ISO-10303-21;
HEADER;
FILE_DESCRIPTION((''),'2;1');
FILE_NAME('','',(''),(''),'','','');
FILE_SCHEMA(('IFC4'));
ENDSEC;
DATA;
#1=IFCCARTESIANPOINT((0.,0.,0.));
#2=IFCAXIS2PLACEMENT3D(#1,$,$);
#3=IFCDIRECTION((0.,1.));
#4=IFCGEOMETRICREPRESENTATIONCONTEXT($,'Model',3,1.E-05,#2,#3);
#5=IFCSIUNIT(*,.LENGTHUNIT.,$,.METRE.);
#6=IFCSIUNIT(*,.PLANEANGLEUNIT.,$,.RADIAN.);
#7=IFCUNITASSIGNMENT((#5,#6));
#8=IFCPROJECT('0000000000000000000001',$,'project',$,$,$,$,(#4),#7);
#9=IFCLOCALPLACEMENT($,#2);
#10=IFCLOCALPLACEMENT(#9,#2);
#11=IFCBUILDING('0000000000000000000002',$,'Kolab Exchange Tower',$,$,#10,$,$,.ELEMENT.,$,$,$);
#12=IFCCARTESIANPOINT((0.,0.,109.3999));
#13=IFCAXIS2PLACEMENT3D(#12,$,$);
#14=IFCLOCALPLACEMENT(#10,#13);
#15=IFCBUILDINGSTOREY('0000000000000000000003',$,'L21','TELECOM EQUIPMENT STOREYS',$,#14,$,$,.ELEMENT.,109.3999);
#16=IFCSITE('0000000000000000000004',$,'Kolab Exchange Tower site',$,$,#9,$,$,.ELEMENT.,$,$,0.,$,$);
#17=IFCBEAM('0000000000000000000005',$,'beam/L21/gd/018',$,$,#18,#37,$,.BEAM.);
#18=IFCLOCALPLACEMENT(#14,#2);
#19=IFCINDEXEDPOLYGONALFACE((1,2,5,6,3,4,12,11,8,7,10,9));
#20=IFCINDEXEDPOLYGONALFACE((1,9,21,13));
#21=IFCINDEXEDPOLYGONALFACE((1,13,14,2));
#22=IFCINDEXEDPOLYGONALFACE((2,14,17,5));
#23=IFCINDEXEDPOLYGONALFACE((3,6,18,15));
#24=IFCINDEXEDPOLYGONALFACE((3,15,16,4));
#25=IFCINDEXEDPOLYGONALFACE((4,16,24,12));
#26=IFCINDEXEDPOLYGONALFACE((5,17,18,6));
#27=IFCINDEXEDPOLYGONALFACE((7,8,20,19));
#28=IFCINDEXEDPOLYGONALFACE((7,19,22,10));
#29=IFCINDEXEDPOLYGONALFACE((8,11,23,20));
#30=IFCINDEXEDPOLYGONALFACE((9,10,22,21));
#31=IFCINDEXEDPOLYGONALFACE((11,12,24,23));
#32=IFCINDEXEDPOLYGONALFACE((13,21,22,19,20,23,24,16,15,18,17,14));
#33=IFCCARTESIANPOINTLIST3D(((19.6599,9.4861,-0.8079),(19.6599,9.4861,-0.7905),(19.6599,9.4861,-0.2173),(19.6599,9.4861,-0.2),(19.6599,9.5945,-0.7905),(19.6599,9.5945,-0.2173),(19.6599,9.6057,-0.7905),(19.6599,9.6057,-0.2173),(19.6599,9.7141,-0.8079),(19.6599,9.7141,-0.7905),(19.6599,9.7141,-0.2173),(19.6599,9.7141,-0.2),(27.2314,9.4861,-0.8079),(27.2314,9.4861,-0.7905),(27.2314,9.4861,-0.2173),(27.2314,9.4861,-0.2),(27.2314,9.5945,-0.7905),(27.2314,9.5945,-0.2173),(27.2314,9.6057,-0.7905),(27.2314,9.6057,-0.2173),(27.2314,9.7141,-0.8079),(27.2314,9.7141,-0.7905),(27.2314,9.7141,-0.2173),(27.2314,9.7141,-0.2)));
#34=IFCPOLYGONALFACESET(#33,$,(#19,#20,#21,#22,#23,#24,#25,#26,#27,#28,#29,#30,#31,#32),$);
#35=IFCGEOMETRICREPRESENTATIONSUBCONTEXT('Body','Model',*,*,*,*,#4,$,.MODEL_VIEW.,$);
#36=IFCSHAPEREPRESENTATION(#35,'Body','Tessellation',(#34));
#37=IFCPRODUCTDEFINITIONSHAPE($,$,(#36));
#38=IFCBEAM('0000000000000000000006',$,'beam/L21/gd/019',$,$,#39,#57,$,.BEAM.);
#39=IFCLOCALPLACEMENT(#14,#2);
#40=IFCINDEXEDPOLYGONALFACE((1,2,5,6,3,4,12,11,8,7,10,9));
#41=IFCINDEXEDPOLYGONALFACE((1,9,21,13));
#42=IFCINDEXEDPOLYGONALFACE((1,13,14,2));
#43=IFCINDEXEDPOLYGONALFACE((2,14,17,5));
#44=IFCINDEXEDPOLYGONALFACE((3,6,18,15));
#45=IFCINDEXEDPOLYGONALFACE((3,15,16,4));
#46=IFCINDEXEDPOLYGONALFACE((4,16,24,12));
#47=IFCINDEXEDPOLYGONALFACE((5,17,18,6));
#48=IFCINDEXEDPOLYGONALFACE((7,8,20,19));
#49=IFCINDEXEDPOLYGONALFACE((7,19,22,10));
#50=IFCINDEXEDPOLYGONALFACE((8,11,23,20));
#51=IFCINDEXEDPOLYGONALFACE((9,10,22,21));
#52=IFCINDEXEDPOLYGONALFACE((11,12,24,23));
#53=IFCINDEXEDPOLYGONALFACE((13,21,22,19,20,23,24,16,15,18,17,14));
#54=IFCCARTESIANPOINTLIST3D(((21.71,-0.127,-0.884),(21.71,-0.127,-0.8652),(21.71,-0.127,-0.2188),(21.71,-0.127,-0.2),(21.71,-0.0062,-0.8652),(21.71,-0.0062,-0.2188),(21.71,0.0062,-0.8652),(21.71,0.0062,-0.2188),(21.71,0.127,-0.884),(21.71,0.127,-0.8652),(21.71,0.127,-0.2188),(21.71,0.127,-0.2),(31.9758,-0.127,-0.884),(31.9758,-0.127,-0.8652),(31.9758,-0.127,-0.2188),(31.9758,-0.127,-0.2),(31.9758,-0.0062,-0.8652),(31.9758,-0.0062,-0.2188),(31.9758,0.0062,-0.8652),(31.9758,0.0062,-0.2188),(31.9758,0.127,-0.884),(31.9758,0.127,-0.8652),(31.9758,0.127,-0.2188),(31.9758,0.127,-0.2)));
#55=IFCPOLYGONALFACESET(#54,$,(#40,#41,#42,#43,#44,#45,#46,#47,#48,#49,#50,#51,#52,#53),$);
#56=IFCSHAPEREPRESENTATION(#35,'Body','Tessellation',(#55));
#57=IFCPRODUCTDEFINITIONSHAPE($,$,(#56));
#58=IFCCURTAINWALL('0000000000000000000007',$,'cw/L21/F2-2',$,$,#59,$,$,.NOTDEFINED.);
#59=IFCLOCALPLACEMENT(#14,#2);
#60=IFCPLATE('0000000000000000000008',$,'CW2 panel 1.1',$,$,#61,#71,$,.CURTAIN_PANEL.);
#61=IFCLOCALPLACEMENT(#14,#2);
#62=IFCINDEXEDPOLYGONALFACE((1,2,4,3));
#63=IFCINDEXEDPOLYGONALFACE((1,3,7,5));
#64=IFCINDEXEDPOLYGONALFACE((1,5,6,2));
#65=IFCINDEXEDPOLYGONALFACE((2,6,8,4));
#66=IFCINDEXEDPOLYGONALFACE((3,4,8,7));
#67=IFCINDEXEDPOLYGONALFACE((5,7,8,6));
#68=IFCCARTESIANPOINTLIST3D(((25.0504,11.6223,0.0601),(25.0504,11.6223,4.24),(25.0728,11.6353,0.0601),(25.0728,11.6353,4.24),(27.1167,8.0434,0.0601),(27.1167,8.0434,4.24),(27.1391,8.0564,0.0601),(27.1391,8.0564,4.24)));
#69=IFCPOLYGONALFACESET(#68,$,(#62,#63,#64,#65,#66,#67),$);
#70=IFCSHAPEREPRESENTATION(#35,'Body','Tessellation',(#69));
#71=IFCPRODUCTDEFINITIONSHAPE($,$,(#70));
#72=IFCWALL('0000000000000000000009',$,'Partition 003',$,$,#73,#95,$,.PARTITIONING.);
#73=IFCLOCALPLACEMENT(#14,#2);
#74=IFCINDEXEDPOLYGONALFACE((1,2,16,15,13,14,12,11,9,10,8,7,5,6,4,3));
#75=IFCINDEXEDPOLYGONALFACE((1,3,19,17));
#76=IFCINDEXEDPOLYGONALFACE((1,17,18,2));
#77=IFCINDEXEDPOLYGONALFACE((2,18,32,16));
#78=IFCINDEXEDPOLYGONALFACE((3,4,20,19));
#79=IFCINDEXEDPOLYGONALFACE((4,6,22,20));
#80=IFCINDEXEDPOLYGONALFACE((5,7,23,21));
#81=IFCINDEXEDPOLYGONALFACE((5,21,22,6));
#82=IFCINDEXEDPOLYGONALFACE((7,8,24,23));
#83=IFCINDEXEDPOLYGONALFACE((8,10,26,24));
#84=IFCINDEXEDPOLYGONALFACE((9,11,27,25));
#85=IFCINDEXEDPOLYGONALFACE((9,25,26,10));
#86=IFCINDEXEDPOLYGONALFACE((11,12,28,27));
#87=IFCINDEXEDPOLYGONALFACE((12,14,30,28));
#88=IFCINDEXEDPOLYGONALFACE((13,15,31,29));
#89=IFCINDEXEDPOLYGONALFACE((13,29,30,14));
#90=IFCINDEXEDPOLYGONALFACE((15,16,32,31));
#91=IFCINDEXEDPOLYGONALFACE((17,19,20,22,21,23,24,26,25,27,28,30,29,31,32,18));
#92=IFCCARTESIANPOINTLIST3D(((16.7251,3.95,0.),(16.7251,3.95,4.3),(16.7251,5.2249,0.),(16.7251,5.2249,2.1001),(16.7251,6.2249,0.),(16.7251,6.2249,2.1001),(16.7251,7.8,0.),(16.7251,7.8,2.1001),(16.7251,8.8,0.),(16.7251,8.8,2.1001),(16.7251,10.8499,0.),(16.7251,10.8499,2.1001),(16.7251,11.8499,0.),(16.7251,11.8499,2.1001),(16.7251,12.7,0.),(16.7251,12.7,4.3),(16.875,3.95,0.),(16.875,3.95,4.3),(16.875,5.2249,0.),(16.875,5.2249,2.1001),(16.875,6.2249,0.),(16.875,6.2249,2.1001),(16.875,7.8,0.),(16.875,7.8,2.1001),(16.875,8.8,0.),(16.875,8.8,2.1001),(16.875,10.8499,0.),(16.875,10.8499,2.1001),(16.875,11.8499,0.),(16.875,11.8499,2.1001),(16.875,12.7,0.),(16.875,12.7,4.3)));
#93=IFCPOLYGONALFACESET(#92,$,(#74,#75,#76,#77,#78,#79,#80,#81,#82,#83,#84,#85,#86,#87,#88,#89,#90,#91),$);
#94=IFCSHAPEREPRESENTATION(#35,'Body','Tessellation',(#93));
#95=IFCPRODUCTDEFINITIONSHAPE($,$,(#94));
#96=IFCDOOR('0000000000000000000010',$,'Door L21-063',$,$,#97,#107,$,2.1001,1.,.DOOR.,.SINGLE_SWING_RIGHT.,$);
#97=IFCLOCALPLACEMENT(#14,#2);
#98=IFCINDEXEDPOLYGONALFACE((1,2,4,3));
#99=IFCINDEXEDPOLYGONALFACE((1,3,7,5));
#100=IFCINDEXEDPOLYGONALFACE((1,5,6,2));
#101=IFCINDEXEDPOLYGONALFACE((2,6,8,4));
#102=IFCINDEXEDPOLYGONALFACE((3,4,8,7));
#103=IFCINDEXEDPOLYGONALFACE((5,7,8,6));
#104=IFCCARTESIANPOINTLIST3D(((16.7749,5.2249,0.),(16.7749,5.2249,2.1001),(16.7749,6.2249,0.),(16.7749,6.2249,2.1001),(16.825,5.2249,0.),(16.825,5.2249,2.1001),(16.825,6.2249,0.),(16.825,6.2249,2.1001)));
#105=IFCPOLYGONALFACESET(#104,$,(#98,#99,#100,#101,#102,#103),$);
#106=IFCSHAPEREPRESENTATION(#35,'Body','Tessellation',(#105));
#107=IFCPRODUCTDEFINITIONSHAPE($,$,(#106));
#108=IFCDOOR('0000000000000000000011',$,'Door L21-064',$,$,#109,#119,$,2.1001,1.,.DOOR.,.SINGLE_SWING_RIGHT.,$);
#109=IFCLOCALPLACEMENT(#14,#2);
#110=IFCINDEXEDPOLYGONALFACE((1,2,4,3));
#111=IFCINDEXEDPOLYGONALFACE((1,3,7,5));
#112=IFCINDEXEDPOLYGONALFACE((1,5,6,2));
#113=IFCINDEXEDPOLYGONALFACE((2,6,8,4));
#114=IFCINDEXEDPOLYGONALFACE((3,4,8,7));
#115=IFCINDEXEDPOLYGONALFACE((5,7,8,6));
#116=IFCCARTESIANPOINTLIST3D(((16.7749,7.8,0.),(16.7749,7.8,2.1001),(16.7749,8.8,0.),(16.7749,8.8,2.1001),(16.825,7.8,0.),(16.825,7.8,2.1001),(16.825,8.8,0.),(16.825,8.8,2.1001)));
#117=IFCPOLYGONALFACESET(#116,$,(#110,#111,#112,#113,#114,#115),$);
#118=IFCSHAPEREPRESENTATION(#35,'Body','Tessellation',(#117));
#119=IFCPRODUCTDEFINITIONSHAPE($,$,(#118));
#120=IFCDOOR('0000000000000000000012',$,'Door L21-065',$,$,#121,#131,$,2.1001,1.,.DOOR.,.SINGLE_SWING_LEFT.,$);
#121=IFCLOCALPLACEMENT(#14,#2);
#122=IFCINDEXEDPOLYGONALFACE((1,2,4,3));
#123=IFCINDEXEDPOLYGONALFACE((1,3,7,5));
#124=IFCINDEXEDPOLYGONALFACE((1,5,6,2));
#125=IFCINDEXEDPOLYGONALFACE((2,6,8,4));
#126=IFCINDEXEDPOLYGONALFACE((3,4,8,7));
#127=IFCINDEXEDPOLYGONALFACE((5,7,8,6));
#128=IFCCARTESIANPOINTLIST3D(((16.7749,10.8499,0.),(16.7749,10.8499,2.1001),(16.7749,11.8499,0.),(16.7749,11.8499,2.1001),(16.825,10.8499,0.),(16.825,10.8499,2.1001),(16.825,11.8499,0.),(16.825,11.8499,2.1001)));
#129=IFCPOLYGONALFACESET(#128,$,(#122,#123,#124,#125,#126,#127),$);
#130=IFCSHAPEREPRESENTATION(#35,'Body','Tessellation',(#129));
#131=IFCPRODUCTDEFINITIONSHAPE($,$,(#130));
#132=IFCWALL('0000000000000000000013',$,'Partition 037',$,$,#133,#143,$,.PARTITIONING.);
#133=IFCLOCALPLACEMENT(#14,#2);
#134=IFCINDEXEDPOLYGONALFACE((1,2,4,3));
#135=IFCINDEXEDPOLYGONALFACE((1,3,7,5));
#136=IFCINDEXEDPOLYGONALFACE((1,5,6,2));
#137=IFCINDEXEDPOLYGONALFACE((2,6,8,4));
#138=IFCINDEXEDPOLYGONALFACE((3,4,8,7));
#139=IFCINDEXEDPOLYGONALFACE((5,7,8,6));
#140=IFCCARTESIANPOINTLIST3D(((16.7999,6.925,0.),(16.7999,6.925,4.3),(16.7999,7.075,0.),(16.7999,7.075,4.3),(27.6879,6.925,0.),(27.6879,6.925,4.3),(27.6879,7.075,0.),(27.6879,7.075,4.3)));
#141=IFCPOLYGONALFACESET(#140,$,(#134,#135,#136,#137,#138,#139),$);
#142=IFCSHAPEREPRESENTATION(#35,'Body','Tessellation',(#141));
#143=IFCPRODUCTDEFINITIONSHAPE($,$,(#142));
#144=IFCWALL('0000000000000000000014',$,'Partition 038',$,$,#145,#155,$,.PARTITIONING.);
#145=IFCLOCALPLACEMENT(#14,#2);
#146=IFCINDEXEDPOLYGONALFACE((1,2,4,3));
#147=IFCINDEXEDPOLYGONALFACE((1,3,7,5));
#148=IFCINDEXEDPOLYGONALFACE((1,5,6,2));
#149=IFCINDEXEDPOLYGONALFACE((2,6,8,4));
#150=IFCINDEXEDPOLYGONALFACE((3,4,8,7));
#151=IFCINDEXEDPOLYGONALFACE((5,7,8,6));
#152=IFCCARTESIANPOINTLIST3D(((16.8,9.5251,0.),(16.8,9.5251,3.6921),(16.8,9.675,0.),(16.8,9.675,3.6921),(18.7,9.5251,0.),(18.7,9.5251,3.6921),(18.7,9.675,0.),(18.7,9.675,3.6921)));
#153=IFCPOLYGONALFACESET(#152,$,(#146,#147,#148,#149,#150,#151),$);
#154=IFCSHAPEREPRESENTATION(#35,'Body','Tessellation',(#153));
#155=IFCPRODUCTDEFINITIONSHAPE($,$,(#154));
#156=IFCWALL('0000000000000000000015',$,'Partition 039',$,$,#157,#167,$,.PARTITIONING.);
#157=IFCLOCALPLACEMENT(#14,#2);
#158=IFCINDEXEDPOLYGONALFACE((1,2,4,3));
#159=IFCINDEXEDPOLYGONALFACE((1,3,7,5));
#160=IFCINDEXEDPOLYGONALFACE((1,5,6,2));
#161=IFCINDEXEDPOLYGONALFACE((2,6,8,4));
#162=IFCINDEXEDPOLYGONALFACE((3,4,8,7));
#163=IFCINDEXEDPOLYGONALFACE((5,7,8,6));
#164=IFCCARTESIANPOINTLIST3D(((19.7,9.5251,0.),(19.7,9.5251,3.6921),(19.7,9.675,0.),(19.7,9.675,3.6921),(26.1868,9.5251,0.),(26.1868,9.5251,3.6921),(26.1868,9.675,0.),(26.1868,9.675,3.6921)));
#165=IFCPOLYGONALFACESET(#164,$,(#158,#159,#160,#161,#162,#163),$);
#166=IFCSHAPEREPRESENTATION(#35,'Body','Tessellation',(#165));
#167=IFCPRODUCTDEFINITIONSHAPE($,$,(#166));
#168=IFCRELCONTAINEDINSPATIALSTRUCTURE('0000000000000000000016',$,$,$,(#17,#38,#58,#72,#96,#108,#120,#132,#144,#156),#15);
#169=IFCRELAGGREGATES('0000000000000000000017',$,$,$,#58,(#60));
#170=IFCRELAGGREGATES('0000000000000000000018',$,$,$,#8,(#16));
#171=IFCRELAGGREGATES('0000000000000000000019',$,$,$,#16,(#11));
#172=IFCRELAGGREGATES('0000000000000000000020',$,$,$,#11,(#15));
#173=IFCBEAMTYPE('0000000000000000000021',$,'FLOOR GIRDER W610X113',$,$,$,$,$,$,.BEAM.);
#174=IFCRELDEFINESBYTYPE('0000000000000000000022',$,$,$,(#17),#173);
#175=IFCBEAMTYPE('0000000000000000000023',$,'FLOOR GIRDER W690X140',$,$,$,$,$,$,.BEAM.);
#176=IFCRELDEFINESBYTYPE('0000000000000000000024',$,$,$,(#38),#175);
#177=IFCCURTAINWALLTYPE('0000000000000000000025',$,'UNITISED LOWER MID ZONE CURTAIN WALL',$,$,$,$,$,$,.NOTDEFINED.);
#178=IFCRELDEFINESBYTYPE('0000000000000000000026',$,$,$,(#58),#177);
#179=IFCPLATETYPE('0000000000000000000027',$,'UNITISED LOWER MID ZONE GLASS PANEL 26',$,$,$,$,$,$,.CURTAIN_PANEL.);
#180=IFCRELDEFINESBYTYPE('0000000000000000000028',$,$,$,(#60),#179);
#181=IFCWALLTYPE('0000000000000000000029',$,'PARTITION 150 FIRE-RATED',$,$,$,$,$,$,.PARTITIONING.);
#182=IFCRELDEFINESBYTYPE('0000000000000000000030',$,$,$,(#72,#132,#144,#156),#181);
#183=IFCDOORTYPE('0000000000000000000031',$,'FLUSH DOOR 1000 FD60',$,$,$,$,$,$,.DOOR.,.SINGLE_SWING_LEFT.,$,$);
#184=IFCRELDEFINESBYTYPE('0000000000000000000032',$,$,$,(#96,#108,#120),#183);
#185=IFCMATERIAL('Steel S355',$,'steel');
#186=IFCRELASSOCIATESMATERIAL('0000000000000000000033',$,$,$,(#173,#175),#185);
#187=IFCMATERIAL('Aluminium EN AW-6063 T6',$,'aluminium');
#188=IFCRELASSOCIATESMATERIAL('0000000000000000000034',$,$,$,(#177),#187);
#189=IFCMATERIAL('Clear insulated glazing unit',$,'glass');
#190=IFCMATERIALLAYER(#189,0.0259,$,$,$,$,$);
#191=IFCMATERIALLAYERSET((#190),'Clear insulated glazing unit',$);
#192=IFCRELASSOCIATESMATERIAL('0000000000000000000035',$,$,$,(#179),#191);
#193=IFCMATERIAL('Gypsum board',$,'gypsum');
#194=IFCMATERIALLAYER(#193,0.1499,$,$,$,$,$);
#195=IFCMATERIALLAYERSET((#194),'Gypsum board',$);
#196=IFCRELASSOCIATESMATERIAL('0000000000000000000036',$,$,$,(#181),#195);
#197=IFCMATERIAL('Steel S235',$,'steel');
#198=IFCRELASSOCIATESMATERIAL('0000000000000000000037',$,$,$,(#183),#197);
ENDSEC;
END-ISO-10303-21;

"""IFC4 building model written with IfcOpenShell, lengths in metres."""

from ifc_helpers import new_model, si_unit, direction, frame, frame_2d, origin, origin_2d, place, context, subcontext, project, spatial, rectangle, i_section, extrude, material, layer, layer_set, material_profile, profile_set, type_object, element, fill, aggregate, save


model = new_model("IFC4")

# Units and contexts
model_context = context("Model", 3, precision=1e-05, world=origin(), true_north=direction((0.0, 1.0)))
body_context = subcontext(model_context, "Body", "Model", "MODEL_VIEW")
ifc_project = project(units=[si_unit("LENGTHUNIT", "METRE"), si_unit("PLANEANGLEUNIT", "RADIAN")], contexts=[model_context])

# Site, building, storey
site_placement = place(None, origin())
site = spatial("IfcSite", under=ifc_project, at=site_placement, Name="Kolab Exchange Tower site", CompositionType="ELEMENT", RefElevation=0.0)
building_placement = place(site_placement, origin())
building = spatial("IfcBuilding", under=site, at=building_placement, Name="Kolab Exchange Tower", CompositionType="ELEMENT")
storey_placement = place(building_placement, frame((0.0, 0.0, 109.3999)))
storey = spatial("IfcBuildingStorey", under=building, at=storey_placement, Name="L21", Description="TELECOM EQUIPMENT STOREYS", CompositionType="ELEMENT", Elevation=109.3999)

# Beams
ifc_material_1 = material(Name="Steel S355", Category="steel")
ifc_material_profile_1 = material_profile(ifc_material_1, i_section(OverallWidth=0.228, OverallDepth=0.6079, WebThickness=0.0112, FlangeThickness=0.0173, at=origin_2d()), Name="W610X113")
ifc_profile_set_1 = profile_set([ifc_material_profile_1], Name="Steel S355")
beam_type_1 = type_object("IfcBeamType", Name="FLOOR GIRDER W610X113", PredefinedType="BEAM", material=ifc_profile_set_1)
beam_1_placement = place(storey_placement, frame((19.6599, 9.6001, -0.5039), z_axis=(1.0, 0.0, 0.0), x_axis=(0.0, 1.0, 0.0)))
element("IfcBeam", 1, at=beam_1_placement, inside=storey, type_object=beam_type_1, Name="beam/L21/gd/018", PredefinedType="BEAM", context=body_context, shape_type="SweptSolid", body=[
    extrude(i_section(OverallWidth=0.228, OverallDepth=0.6079, WebThickness=0.0112, FlangeThickness=0.0173, at=origin_2d()), origin(), (0.0, 0.0, 1.0), 7.5715),
])
ifc_material_profile_2 = material_profile(ifc_material_1, i_section(OverallWidth=0.2539, OverallDepth=0.6841, WebThickness=0.0125, FlangeThickness=0.0188, at=origin_2d()), Name="W690X140")
ifc_profile_set_2 = profile_set([ifc_material_profile_2], Name="Steel S355")
beam_type_2 = type_object("IfcBeamType", Name="FLOOR GIRDER W690X140", PredefinedType="BEAM", material=ifc_profile_set_2)
beam_2_placement = place(storey_placement, frame((21.71, 0.0, -0.542), z_axis=(1.0, 0.0, 0.0), x_axis=(0.0, 1.0, 0.0)))
element("IfcBeam", 2, at=beam_2_placement, inside=storey, type_object=beam_type_2, Name="beam/L21/gd/019", PredefinedType="BEAM", context=body_context, shape_type="SweptSolid", body=[
    extrude(i_section(OverallWidth=0.2539, OverallDepth=0.6841, WebThickness=0.0125, FlangeThickness=0.0188, at=origin_2d()), origin(), (0.0, 0.0, 1.0), 10.2659),
])

# Curtain wall, plate
ifc_material_2 = material(Name="Aluminium EN AW-6063 T6", Category="aluminium")
curtain_wall_type = type_object("IfcCurtainWallType", Name="UNITISED LOWER MID ZONE CURTAIN WALL", PredefinedType="NOTDEFINED", material=ifc_material_2)
curtain_wall_placement = place(storey_placement, origin())
curtain_wall = element("IfcCurtainWall", 3, at=curtain_wall_placement, inside=storey, type_object=curtain_wall_type, Name="cw/L21/F2-2", PredefinedType="NOTDEFINED")
ifc_material_3 = material(Name="Clear insulated glazing unit", Category="glass")
ifc_layer_1 = layer(ifc_material_3, 0.0259)
ifc_layer_set_1 = layer_set([ifc_layer_1], Name="Clear insulated glazing unit")
plate_type = type_object("IfcPlateType", Name="UNITISED LOWER MID ZONE GLASS PANEL 26", PredefinedType="CURTAIN_PANEL", material=ifc_layer_set_1)
plate_placement = place(storey_placement, frame((26.0947, 9.8394, 0.0601), z_axis=(0.0, 0.0, 1.0), x_axis=(0.5, -0.866025, 0.0)))
plate = element("IfcPlate", 4, at=plate_placement, type_object=plate_type, Name="CW2 panel 1.1", PredefinedType="CURTAIN_PANEL", context=body_context, shape_type="SweptSolid", body=[
    extrude(rectangle(XDim=4.1326, YDim=0.0259, at=origin_2d()), origin(), (0.0, 0.0, 1.0), 4.1799),
])
aggregate(curtain_wall, [plate])

# Wall, openings, doors
ifc_material_4 = material(Name="Gypsum board", Category="gypsum")
ifc_layer_2 = layer(ifc_material_4, 0.1499)
ifc_layer_set_2 = layer_set([ifc_layer_2], Name="Gypsum board")
wall_type_1 = type_object("IfcWallType", Name="PARTITION 150 FIRE-RATED", PredefinedType="PARTITIONING", material=ifc_layer_set_2)
wall_1_placement = place(storey_placement, frame((16.8, 3.95, 0.0), z_axis=(0.0, 0.0, 1.0), x_axis=(0.0, 1.0, 0.0)))
wall_1 = element("IfcWall", 5, at=wall_1_placement, inside=storey, type_object=wall_type_1, Name="Partition 003", PredefinedType="PARTITIONING", context=body_context, shape_type="SweptSolid", body=[
    extrude(rectangle(XDim=8.75, YDim=0.1499, at=frame_2d((4.375, 0.0))), origin(), (0.0, 0.0, 1.0), 4.3),
])
opening_1_placement = place(wall_1_placement, frame((1.2749, 0.0, 0.0)))
opening_1 = element("IfcOpeningElement", 6, at=opening_1_placement, cuts=wall_1, PredefinedType="OPENING", context=body_context, shape_type="SweptSolid", body=[
    extrude(rectangle(XDim=1.0, YDim=2.1001, at=frame_2d((0.5, 1.05))), frame((0.0, 0.085, 0.0), z_axis=(0.0, -1.0, 0.0), x_axis=(1.0, 0.0, 0.0)), (0.0, 0.0, 1.0), 0.1699),
])
opening_2_placement = place(wall_1_placement, frame((3.8501, 0.0, 0.0)))
opening_2 = element("IfcOpeningElement", 7, at=opening_2_placement, cuts=wall_1, PredefinedType="OPENING", context=body_context, shape_type="SweptSolid", body=[
    extrude(rectangle(XDim=1.0, YDim=2.1001, at=frame_2d((0.5, 1.05))), frame((0.0, 0.085, 0.0), z_axis=(0.0, -1.0, 0.0), x_axis=(1.0, 0.0, 0.0)), (0.0, 0.0, 1.0), 0.1699),
])
opening_3_placement = place(wall_1_placement, frame((6.8999, 0.0, 0.0)))
opening_3 = element("IfcOpeningElement", 8, at=opening_3_placement, cuts=wall_1, PredefinedType="OPENING", context=body_context, shape_type="SweptSolid", body=[
    extrude(rectangle(XDim=1.0, YDim=2.1001, at=frame_2d((0.5, 1.05))), frame((0.0, 0.085, 0.0), z_axis=(0.0, -1.0, 0.0), x_axis=(1.0, 0.0, 0.0)), (0.0, 0.0, 1.0), 0.1699),
])
ifc_material_5 = material(Name="Steel S235", Category="steel")
door_type = type_object("IfcDoorType", Name="FLUSH DOOR 1000 FD60", OperationType="SINGLE_SWING_LEFT", PredefinedType="DOOR", material=ifc_material_5)
door_1_placement = place(opening_1_placement, frame((1.0, 0.0, 0.0), z_axis=(0.0, 0.0, 1.0), x_axis=(-1.0, 0.0, 0.0)))
door_1 = element("IfcDoor", 9, at=door_1_placement, inside=storey, type_object=door_type, Name="Door L21-063", OperationType="SINGLE_SWING_RIGHT", OverallHeight=2.1001, OverallWidth=1.0, PredefinedType="DOOR", context=body_context, shape_type="SweptSolid", body=[
    extrude(rectangle(XDim=1.0, YDim=2.1001, at=frame_2d((0.5, 1.05))), frame((0.0, 0.0249, 0.0), z_axis=(0.0, -1.0, 0.0), x_axis=(1.0, 0.0, 0.0)), (0.0, 0.0, 1.0), 0.05),
])
fill(opening_1, door_1)
door_2_placement = place(opening_2_placement, frame((1.0, 0.0, 0.0), z_axis=(0.0, 0.0, 1.0), x_axis=(-1.0, 0.0, 0.0)))
door_2 = element("IfcDoor", 10, at=door_2_placement, inside=storey, type_object=door_type, Name="Door L21-064", OperationType="SINGLE_SWING_RIGHT", OverallHeight=2.1001, OverallWidth=1.0, PredefinedType="DOOR", context=body_context, shape_type="SweptSolid", body=[
    extrude(rectangle(XDim=1.0, YDim=2.1001, at=frame_2d((0.5, 1.05))), frame((0.0, 0.0249, 0.0), z_axis=(0.0, -1.0, 0.0), x_axis=(1.0, 0.0, 0.0)), (0.0, 0.0, 1.0), 0.05),
])
fill(opening_2, door_2)
door_3_placement = place(opening_3_placement, frame((1.0, 0.0, 0.0), z_axis=(0.0, 0.0, 1.0), x_axis=(-1.0, 0.0, 0.0)))
door_3 = element("IfcDoor", 11, at=door_3_placement, inside=storey, type_object=door_type, Name="Door L21-065", OperationType="SINGLE_SWING_LEFT", OverallHeight=2.1001, OverallWidth=1.0, PredefinedType="DOOR", context=body_context, shape_type="SweptSolid", body=[
    extrude(rectangle(XDim=1.0, YDim=2.1001, at=frame_2d((0.5, 1.05))), frame((0.0, 0.0249, 0.0), z_axis=(0.0, -1.0, 0.0), x_axis=(1.0, 0.0, 0.0)), (0.0, 0.0, 1.0), 0.05),
])
fill(opening_3, door_3)

# Walls
wall_2_placement = place(storey_placement, frame((16.8, 7.0, 0.0), z_axis=(0.0, 0.0, 1.0), x_axis=(1.0, 0.0, 0.0)))
element("IfcWall", 12, at=wall_2_placement, inside=storey, type_object=wall_type_1, Name="Partition 037", PredefinedType="PARTITIONING", context=body_context, shape_type="SweptSolid", body=[
    extrude(rectangle(XDim=10.8879, YDim=0.1499, at=frame_2d((5.4438, 0.0))), origin(), (0.0, 0.0, 1.0), 4.3),
])
wall_3_placement = place(storey_placement, frame((16.8, 9.6001, 0.0), z_axis=(0.0, 0.0, 1.0), x_axis=(1.0, 0.0, 0.0)))
element("IfcWall", 13, at=wall_3_placement, inside=storey, type_object=wall_type_1, Name="Partition 038", PredefinedType="PARTITIONING", context=body_context, shape_type="SweptSolid", body=[
    extrude(rectangle(XDim=1.8999, YDim=0.1499, at=frame_2d((0.95, 0.0))), origin(), (0.0, 0.0, 1.0), 3.6921),
])
wall_4_placement = place(storey_placement, frame((19.7, 9.6001, 0.0), z_axis=(0.0, 0.0, 1.0), x_axis=(1.0, 0.0, 0.0)))
element("IfcWall", 14, at=wall_4_placement, inside=storey, type_object=wall_type_1, Name="Partition 039", PredefinedType="PARTITIONING", context=body_context, shape_type="SweptSolid", body=[
    extrude(rectangle(XDim=6.4868, YDim=0.1499, at=frame_2d((3.2434, 0.0))), origin(), (0.0, 0.0, 1.0), 3.6921),
])

save(model, "model.ifc")
